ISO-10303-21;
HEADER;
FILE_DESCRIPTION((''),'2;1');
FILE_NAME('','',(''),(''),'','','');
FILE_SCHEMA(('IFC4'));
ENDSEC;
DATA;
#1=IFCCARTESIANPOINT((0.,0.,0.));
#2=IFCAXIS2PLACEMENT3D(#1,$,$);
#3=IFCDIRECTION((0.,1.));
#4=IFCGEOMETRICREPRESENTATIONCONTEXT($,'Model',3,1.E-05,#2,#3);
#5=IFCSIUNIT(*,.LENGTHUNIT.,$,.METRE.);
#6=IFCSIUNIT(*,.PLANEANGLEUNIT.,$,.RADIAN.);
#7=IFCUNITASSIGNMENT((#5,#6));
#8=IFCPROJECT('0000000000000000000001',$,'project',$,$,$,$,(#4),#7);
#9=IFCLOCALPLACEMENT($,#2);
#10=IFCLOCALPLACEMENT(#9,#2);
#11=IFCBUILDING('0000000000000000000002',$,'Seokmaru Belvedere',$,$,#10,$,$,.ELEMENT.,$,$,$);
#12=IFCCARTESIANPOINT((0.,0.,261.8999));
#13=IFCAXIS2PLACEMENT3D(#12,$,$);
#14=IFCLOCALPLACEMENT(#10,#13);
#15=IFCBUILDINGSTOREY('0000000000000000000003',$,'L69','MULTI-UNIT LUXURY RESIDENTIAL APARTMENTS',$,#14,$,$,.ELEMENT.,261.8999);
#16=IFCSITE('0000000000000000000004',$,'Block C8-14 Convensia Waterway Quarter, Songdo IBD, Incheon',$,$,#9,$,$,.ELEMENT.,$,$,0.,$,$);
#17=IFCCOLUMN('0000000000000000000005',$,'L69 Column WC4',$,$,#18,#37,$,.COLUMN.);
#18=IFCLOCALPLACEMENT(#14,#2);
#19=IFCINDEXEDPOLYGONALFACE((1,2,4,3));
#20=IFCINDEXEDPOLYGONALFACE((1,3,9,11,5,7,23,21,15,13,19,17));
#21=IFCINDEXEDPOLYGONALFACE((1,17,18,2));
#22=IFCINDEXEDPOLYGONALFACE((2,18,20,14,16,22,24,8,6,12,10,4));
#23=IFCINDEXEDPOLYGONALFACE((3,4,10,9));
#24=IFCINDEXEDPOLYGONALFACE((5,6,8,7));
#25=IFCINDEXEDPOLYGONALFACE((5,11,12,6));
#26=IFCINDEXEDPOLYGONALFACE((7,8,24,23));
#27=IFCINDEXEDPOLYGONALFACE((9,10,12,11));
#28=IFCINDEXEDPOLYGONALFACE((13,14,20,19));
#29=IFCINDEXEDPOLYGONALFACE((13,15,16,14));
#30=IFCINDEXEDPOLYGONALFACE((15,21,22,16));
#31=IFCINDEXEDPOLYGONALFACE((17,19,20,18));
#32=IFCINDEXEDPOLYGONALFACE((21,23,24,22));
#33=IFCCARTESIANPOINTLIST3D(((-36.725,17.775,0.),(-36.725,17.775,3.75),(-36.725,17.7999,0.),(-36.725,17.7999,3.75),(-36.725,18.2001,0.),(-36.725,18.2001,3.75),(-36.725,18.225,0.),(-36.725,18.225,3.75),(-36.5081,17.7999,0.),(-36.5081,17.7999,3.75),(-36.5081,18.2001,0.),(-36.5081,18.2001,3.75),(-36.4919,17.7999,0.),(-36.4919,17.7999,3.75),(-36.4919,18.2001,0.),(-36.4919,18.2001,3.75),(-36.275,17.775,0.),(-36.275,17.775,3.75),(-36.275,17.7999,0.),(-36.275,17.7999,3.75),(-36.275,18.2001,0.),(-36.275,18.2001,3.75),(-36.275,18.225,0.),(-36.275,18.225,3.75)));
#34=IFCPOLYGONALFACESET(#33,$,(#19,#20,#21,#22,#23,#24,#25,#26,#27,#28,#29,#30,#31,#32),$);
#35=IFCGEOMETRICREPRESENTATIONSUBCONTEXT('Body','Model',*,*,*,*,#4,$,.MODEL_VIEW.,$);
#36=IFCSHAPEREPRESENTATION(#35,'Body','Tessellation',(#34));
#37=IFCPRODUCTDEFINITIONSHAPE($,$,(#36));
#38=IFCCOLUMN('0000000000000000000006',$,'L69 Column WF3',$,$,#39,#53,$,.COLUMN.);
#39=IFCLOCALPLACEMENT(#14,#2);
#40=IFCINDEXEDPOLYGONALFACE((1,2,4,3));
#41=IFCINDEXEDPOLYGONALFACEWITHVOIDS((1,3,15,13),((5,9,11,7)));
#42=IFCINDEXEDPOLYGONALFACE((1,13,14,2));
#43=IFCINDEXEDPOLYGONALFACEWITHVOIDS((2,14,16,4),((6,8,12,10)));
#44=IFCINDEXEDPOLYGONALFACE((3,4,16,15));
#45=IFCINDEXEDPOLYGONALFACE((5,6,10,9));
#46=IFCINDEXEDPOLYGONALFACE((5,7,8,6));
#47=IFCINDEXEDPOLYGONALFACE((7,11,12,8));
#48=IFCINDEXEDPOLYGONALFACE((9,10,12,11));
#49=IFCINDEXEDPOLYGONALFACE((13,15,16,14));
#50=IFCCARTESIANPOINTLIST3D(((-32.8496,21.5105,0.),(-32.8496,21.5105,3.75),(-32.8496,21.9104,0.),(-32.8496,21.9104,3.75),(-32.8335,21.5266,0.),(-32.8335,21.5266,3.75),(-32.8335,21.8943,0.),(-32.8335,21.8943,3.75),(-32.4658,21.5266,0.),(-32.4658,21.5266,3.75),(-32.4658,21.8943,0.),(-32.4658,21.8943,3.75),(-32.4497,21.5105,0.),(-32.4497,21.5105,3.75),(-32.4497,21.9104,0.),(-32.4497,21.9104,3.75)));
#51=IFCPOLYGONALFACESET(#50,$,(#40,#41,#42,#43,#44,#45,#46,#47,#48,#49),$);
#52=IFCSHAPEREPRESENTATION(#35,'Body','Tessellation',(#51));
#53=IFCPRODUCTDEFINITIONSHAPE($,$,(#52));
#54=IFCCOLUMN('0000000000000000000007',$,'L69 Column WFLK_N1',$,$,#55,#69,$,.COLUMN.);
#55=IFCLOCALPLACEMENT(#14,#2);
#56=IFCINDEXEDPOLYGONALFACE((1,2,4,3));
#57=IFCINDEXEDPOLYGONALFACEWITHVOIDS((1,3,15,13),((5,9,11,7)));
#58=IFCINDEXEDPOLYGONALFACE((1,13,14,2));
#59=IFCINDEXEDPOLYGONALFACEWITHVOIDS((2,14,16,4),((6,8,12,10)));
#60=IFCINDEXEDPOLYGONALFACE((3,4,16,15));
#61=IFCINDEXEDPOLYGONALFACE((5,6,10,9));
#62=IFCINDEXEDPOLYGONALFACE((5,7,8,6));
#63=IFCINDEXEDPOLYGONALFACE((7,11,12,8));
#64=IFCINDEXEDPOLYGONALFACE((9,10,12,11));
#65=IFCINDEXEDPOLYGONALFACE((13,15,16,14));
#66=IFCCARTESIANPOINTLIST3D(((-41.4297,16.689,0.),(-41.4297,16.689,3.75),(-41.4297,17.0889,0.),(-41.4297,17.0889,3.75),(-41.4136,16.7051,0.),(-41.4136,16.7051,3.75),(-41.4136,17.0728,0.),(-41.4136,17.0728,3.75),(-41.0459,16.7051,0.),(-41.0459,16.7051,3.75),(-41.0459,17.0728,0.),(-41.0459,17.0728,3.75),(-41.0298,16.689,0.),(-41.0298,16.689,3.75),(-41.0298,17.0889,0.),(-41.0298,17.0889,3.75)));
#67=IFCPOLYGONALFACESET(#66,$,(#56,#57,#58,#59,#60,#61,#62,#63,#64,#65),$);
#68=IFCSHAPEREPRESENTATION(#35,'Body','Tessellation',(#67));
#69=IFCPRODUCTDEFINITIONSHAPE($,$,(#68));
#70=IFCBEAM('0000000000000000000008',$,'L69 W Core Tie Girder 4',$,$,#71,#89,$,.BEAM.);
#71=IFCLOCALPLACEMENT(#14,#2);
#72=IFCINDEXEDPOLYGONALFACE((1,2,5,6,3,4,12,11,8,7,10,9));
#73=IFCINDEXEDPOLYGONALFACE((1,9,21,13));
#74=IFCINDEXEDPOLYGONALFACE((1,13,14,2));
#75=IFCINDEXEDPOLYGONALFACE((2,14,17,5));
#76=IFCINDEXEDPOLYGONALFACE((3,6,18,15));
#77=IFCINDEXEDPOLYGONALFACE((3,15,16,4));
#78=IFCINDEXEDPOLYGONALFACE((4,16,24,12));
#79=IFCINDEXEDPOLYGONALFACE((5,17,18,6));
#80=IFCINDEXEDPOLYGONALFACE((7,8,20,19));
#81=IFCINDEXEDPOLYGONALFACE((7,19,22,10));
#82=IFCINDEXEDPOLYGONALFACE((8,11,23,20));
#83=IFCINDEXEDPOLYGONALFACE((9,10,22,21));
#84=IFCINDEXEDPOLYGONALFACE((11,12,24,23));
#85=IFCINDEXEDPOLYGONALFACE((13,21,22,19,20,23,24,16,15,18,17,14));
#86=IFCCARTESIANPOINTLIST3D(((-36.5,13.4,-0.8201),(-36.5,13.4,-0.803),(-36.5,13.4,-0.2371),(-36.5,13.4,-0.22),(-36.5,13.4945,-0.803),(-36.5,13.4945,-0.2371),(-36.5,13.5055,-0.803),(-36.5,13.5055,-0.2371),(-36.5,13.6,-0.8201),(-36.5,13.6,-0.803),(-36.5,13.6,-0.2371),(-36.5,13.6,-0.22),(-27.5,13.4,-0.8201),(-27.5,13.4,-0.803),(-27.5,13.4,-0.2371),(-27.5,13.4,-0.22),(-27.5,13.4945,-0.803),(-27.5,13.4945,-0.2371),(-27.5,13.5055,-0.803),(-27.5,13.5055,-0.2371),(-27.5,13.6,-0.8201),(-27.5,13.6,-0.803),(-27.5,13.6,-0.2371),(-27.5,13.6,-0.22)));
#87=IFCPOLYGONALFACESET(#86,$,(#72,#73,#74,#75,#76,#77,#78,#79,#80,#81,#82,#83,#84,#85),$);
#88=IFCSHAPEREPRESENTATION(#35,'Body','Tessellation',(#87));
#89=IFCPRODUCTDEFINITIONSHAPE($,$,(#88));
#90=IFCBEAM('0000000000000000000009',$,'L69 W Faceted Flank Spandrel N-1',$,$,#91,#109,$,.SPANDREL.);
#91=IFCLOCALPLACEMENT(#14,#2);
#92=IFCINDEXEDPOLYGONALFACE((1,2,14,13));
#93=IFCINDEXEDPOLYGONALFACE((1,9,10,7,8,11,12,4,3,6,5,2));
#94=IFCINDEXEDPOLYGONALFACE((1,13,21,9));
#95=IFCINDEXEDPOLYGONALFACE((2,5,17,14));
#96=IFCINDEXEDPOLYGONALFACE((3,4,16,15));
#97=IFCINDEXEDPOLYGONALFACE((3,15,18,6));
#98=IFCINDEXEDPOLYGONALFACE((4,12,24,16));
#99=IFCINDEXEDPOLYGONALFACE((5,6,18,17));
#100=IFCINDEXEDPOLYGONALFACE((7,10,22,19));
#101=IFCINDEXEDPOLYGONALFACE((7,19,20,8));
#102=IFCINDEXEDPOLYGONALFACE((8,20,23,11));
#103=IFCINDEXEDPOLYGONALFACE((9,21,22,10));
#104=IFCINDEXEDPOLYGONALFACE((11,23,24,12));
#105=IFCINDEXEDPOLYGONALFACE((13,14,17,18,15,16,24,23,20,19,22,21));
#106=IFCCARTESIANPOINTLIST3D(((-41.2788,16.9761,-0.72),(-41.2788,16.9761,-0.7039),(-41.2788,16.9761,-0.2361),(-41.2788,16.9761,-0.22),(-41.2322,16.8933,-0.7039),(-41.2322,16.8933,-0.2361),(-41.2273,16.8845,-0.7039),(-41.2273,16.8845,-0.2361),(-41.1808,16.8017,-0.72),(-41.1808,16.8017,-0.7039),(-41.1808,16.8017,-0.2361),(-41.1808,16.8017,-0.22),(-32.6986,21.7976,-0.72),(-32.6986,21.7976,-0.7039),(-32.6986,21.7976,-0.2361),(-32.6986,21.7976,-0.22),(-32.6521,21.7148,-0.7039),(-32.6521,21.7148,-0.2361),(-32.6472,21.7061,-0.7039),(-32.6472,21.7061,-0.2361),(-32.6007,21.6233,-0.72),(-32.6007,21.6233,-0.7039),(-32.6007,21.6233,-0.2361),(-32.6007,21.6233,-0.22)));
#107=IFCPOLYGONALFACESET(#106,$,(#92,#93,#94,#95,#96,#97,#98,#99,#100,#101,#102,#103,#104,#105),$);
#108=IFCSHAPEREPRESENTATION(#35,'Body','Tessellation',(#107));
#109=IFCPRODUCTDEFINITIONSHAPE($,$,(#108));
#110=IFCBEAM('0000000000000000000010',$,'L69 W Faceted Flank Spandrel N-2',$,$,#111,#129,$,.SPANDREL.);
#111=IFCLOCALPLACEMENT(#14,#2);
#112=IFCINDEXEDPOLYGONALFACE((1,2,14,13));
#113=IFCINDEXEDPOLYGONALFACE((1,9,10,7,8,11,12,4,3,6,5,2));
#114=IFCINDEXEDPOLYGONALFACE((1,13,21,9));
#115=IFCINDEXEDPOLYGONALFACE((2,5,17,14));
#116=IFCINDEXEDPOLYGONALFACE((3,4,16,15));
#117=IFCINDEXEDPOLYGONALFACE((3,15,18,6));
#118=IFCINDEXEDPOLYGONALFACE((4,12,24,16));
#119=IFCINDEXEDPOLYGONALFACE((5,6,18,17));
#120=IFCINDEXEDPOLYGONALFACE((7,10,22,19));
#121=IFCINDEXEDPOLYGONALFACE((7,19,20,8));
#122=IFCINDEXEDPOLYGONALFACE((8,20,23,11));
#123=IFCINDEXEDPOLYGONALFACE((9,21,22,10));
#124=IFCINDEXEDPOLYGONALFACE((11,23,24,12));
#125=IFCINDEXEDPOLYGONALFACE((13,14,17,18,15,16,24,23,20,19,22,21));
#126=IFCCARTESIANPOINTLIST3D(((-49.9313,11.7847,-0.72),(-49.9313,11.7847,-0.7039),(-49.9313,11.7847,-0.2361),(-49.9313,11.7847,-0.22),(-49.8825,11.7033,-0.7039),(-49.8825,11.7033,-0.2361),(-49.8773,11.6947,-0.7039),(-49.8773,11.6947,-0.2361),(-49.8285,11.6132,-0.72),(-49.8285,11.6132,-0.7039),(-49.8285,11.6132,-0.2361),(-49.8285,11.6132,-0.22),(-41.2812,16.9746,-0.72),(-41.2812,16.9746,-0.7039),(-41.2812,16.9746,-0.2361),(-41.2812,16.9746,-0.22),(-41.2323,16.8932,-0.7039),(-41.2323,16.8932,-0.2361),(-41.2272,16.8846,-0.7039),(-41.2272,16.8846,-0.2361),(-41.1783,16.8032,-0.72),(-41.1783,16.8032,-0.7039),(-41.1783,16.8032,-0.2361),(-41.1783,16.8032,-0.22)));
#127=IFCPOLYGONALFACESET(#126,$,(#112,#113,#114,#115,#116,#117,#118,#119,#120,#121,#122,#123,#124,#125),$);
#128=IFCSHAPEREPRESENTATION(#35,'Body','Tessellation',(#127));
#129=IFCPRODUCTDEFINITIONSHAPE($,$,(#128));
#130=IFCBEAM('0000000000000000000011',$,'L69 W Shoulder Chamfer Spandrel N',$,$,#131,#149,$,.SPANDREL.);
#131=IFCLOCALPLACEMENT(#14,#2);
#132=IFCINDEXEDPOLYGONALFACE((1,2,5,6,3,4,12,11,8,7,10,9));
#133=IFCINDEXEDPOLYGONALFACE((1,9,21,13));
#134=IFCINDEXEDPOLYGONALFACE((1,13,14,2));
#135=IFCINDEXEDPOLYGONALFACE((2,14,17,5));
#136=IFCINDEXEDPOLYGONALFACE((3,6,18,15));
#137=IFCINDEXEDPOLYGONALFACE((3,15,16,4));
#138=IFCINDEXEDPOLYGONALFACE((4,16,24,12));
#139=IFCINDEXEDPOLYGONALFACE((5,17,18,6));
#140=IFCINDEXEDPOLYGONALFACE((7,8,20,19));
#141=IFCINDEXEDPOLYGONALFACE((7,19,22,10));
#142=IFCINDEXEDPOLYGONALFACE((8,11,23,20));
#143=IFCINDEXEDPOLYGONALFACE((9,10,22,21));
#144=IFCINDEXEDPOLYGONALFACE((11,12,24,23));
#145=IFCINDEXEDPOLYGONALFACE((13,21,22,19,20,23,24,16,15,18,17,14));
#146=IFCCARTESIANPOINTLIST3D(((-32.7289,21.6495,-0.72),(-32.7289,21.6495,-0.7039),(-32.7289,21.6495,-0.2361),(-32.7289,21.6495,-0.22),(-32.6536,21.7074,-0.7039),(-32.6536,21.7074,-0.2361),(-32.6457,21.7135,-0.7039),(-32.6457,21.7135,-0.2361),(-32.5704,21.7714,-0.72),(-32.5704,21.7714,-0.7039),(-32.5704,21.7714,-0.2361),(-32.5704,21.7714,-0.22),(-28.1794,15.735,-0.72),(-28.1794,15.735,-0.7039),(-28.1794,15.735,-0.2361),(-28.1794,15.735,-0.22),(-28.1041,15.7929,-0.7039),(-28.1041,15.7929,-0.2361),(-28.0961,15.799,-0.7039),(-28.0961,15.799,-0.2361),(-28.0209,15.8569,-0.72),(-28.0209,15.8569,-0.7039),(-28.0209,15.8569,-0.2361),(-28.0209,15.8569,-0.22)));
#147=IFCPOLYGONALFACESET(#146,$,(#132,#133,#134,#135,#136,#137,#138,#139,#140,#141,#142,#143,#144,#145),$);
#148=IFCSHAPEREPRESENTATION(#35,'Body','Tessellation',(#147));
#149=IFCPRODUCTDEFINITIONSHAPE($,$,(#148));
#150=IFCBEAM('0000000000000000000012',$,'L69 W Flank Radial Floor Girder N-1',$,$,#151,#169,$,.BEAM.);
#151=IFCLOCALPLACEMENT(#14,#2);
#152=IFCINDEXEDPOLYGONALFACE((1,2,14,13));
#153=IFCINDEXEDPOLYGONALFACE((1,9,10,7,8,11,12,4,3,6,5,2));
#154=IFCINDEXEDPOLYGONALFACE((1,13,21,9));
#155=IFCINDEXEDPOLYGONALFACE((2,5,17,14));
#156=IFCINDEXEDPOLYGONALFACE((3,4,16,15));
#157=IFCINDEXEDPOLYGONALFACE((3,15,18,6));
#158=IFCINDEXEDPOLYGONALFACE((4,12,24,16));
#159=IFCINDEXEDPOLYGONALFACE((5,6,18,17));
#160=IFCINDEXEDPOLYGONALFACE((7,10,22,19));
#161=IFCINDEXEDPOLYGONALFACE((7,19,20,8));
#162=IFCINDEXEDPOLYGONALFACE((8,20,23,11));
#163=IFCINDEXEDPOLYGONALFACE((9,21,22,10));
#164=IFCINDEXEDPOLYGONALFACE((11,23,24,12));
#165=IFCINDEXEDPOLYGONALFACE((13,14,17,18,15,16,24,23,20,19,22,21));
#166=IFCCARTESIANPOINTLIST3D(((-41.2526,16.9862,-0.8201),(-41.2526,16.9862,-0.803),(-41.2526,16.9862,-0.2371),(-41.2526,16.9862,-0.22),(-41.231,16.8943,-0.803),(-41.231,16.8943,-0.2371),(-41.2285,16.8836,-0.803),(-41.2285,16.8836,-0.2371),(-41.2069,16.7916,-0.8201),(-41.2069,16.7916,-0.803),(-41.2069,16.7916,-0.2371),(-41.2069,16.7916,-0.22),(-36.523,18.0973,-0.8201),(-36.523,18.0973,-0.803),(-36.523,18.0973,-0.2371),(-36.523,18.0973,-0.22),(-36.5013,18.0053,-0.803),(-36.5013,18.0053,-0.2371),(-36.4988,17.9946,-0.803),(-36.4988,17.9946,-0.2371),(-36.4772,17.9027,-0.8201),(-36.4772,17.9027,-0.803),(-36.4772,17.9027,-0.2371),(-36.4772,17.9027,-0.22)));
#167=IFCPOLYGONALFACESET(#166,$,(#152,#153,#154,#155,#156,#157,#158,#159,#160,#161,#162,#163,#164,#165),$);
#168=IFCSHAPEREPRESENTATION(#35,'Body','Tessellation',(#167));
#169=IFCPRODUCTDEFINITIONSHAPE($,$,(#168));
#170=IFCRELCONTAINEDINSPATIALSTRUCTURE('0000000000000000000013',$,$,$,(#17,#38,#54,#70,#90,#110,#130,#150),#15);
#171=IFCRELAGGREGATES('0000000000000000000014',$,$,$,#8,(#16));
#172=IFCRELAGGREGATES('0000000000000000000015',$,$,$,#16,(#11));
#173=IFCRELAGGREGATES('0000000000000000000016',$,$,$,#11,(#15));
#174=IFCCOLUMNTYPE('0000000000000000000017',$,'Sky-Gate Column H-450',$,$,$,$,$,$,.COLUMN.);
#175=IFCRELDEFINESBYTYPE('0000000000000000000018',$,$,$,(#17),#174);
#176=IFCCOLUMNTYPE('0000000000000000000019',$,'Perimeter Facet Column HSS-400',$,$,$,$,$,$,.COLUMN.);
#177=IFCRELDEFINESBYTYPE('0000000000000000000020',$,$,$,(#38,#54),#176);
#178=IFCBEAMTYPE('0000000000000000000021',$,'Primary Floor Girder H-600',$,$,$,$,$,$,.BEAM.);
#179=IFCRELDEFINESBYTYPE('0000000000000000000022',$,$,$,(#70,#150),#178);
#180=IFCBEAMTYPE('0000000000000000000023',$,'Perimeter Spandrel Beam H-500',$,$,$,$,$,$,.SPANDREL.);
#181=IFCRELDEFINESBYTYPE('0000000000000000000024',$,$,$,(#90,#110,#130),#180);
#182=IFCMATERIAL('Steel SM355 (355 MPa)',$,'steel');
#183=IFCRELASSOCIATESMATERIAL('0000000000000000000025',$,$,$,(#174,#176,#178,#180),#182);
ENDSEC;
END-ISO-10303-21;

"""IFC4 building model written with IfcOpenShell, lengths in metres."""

from ifc_helpers import new_model, si_unit, direction, frame, origin, origin_2d, place, context, subcontext, project, spatial, hollow_rectangle, i_section, extrude, source, transform, mapped, material, material_profile, profile_set, type_object, type_shapes, element, save


model = new_model("IFC4")

# Units and contexts
model_context = context("Model", 3, precision=1e-05, world=origin(), true_north=direction((0.0, 1.0)))
body_context = subcontext(model_context, "Body", "Model", "MODEL_VIEW")
ifc_project = project(units=[si_unit("LENGTHUNIT", "METRE"), si_unit("PLANEANGLEUNIT", "RADIAN")], contexts=[model_context])

# Site, building, storey
site_placement = place(None, origin())
site = spatial("IfcSite", under=ifc_project, at=site_placement, Name="Block C8-14 Convensia Waterway Quarter, Songdo IBD, Incheon", CompositionType="ELEMENT", RefElevation=0.0)
building_placement = place(site_placement, origin())
building = spatial("IfcBuilding", under=site, at=building_placement, Name="Seokmaru Belvedere", CompositionType="ELEMENT")
storey_placement = place(building_placement, frame((0.0, 0.0, 261.8999)))
storey = spatial("IfcBuildingStorey", under=building, at=storey_placement, Name="L69", Description="MULTI-UNIT LUXURY RESIDENTIAL APARTMENTS", CompositionType="ELEMENT", Elevation=261.8999)

# Columns
ifc_material_1 = material(Name="Steel SM355 (355 MPa)", Category="steel")
ifc_material_profile_1 = material_profile(ifc_material_1, i_section(OverallWidth=0.45, OverallDepth=0.45, WebThickness=0.0161, FlangeThickness=0.0249, at=origin_2d()), Name="H-450x450x16x25")
ifc_profile_set_1 = profile_set([ifc_material_profile_1], Name="Steel SM355 (355 MPa)")
column_type_1 = type_object("IfcColumnType", Name="Sky-Gate Column H-450", PredefinedType="COLUMN", material=ifc_profile_set_1)
shared_shape_1 = source(origin(), body_context, "Body", "SweptSolid", [
    extrude(i_section(OverallWidth=0.45, OverallDepth=0.45, WebThickness=0.0161, FlangeThickness=0.0249, at=origin_2d()), origin(), (0.0, 0.0, 1.0), 3.75),
])
type_shapes(column_type_1, [shared_shape_1])
column_placement = place(storey_placement, frame((-36.5, 18.0, 0.0), z_axis=(0.0, 0.0, 1.0), x_axis=(1.0, 0.0, 0.0)))
element("IfcColumn", 1, at=column_placement, inside=storey, type_object=column_type_1, Name="L69 Column WC4", PredefinedType="COLUMN", context=body_context, shape_type="MappedRepresentation", body=[
    mapped(shared_shape_1, transform((0.0, 0.0, 0.0), scale=1.0)),
])
ifc_material_profile_2 = material_profile(ifc_material_1, hollow_rectangle(XDim=0.3999, YDim=0.3999, WallThickness=0.0161, at=origin_2d()), Name="HSS-400x400x16")
ifc_profile_set_2 = profile_set([ifc_material_profile_2], Name="Steel SM355 (355 MPa)")
column_type_2 = type_object("IfcColumnType", Name="Perimeter Facet Column HSS-400", PredefinedType="COLUMN", material=ifc_profile_set_2)
shared_shape_2 = source(origin(), body_context, "Body", "SweptSolid", [
    extrude(hollow_rectangle(XDim=0.3999, YDim=0.3999, WallThickness=0.0161, at=origin_2d()), origin(), (0.0, 0.0, 1.0), 3.75),
])
type_shapes(column_type_2, [shared_shape_2])
for number, where, z_axis, x_axis, name in (
    (2, (-32.6497, 21.7104, 0.0), (0.0, 0.0, 1.0), (1.0, 0.0, 0.0), "L69 Column WF3"),
    (3, (-41.2297, 16.8889, 0.0), (0.0, 0.0, 1.0), (1.0, 0.0, 0.0), "L69 Column WFLK_N1"),
):
    element("IfcColumn", number, at=place(storey_placement, frame(where, z_axis=z_axis, x_axis=x_axis)), inside=storey, type_object=column_type_2, Name=name, PredefinedType="COLUMN", context=body_context, shape_type="MappedRepresentation", body=[
        mapped(shared_shape_2, transform((0.0, 0.0, 0.0), scale=1.0)),
    ])

# Beams
ifc_material_profile_3 = material_profile(ifc_material_1, i_section(OverallWidth=0.2, OverallDepth=0.6001, WebThickness=0.011, FlangeThickness=0.0171, at=origin_2d()), Name="H-600x200x11x17")
ifc_profile_set_3 = profile_set([ifc_material_profile_3], Name="Steel SM355 (355 MPa)")
beam_type_1 = type_object("IfcBeamType", Name="Primary Floor Girder H-600", PredefinedType="BEAM", material=ifc_profile_set_3)
shared_shape_3 = source(origin(), body_context, "Body", "SweptSolid", [
    extrude(i_section(OverallWidth=0.2, OverallDepth=0.6001, WebThickness=0.011, FlangeThickness=0.0171, at=origin_2d()), origin(), (0.0, 0.0, 1.0), 9.0),
])
beam_1_placement = place(storey_placement, frame((-36.5, 13.5, -0.52), z_axis=(1.0, 0.0, 0.0), x_axis=(0.0, 1.0, 0.0)))
element("IfcBeam", 4, at=beam_1_placement, inside=storey, type_object=beam_type_1, Name="L69 W Core Tie Girder 4", PredefinedType="BEAM", context=body_context, shape_type="MappedRepresentation", body=[
    mapped(shared_shape_3, transform((0.0, 0.0, 0.0), scale=1.0)),
])
ifc_material_profile_4 = material_profile(ifc_material_1, i_section(OverallWidth=0.2, OverallDepth=0.5, WebThickness=0.01, FlangeThickness=0.0161, at=origin_2d()), Name="H-500x200x10x16")
ifc_profile_set_4 = profile_set([ifc_material_profile_4], Name="Steel SM355 (355 MPa)")
beam_type_2 = type_object("IfcBeamType", Name="Perimeter Spandrel Beam H-500", PredefinedType="SPANDREL", material=ifc_profile_set_4)
shared_shape_4 = source(origin(), body_context, "Body", "SweptSolid", [
    extrude(i_section(OverallWidth=0.2, OverallDepth=0.5, WebThickness=0.01, FlangeThickness=0.0161, at=origin_2d()), origin(), (0.0, 0.0, 1.0), 9.842),
])
beam_2_placement = place(storey_placement, frame((-32.6497, 21.7104, -0.47), z_axis=(-0.871782, -0.489894, 0.0), x_axis=(0.489894, -0.871782, 0.0)))
element("IfcBeam", 5, at=beam_2_placement, inside=storey, type_object=beam_type_2, Name="L69 W Faceted Flank Spandrel N-1", PredefinedType="SPANDREL", context=body_context, shape_type="MappedRepresentation", body=[
    mapped(shared_shape_4, transform((0.0, 0.0, 0.0), scale=1.0)),
])
shared_shape_5 = source(origin(), body_context, "Body", "SweptSolid", [
    extrude(i_section(OverallWidth=0.2, OverallDepth=0.5, WebThickness=0.01, FlangeThickness=0.0161, at=origin_2d()), origin(), (0.0, 0.0, 1.0), 10.0876),
])
beam_3_placement = place(storey_placement, frame((-41.2297, 16.8889, -0.47), z_axis=(-0.857499, -0.514485, 0.0), x_axis=(0.514485, -0.857499, 0.0)))
element("IfcBeam", 6, at=beam_3_placement, inside=storey, type_object=beam_type_2, Name="L69 W Faceted Flank Spandrel N-2", PredefinedType="SPANDREL", context=body_context, shape_type="MappedRepresentation", body=[
    mapped(shared_shape_5, transform((0.0, 0.0, 0.0), scale=1.0)),
])
shared_shape_6 = source(origin(), body_context, "Body", "SweptSolid", [
    extrude(i_section(OverallWidth=0.2, OverallDepth=0.5, WebThickness=0.01, FlangeThickness=0.0161, at=origin_2d()), origin(), (0.0, 0.0, 1.0), 7.4619),
])
type_shapes(beam_type_2, [shared_shape_4, shared_shape_5, shared_shape_6])
beam_4_placement = place(storey_placement, frame((-32.6497, 21.7104, -0.47), z_axis=(0.609703, -0.79263, 0.0), x_axis=(0.79263, 0.609703, 0.0)))
element("IfcBeam", 7, at=beam_4_placement, inside=storey, type_object=beam_type_2, Name="L69 W Shoulder Chamfer Spandrel N", PredefinedType="SPANDREL", context=body_context, shape_type="MappedRepresentation", body=[
    mapped(shared_shape_6, transform((0.0, 0.0, 0.0), scale=1.0)),
])
shared_shape_7 = source(origin(), body_context, "Body", "SweptSolid", [
    extrude(i_section(OverallWidth=0.2, OverallDepth=0.6001, WebThickness=0.011, FlangeThickness=0.0171, at=origin_2d()), origin(), (0.0, 0.0, 1.0), 4.8584),
])
type_shapes(beam_type_1, [shared_shape_3, shared_shape_7])
beam_5_placement = place(storey_placement, frame((-41.2297, 16.8889, -0.52), z_axis=(0.973499, 0.228689, 0.0), x_axis=(-0.228689, 0.973499, 0.0)))
element("IfcBeam", 8, at=beam_5_placement, inside=storey, type_object=beam_type_1, Name="L69 W Flank Radial Floor Girder N-1", PredefinedType="BEAM", context=body_context, shape_type="MappedRepresentation", body=[
    mapped(shared_shape_7, transform((0.0, 0.0, 0.0), scale=1.0)),
])

save(model, "model.ifc")
